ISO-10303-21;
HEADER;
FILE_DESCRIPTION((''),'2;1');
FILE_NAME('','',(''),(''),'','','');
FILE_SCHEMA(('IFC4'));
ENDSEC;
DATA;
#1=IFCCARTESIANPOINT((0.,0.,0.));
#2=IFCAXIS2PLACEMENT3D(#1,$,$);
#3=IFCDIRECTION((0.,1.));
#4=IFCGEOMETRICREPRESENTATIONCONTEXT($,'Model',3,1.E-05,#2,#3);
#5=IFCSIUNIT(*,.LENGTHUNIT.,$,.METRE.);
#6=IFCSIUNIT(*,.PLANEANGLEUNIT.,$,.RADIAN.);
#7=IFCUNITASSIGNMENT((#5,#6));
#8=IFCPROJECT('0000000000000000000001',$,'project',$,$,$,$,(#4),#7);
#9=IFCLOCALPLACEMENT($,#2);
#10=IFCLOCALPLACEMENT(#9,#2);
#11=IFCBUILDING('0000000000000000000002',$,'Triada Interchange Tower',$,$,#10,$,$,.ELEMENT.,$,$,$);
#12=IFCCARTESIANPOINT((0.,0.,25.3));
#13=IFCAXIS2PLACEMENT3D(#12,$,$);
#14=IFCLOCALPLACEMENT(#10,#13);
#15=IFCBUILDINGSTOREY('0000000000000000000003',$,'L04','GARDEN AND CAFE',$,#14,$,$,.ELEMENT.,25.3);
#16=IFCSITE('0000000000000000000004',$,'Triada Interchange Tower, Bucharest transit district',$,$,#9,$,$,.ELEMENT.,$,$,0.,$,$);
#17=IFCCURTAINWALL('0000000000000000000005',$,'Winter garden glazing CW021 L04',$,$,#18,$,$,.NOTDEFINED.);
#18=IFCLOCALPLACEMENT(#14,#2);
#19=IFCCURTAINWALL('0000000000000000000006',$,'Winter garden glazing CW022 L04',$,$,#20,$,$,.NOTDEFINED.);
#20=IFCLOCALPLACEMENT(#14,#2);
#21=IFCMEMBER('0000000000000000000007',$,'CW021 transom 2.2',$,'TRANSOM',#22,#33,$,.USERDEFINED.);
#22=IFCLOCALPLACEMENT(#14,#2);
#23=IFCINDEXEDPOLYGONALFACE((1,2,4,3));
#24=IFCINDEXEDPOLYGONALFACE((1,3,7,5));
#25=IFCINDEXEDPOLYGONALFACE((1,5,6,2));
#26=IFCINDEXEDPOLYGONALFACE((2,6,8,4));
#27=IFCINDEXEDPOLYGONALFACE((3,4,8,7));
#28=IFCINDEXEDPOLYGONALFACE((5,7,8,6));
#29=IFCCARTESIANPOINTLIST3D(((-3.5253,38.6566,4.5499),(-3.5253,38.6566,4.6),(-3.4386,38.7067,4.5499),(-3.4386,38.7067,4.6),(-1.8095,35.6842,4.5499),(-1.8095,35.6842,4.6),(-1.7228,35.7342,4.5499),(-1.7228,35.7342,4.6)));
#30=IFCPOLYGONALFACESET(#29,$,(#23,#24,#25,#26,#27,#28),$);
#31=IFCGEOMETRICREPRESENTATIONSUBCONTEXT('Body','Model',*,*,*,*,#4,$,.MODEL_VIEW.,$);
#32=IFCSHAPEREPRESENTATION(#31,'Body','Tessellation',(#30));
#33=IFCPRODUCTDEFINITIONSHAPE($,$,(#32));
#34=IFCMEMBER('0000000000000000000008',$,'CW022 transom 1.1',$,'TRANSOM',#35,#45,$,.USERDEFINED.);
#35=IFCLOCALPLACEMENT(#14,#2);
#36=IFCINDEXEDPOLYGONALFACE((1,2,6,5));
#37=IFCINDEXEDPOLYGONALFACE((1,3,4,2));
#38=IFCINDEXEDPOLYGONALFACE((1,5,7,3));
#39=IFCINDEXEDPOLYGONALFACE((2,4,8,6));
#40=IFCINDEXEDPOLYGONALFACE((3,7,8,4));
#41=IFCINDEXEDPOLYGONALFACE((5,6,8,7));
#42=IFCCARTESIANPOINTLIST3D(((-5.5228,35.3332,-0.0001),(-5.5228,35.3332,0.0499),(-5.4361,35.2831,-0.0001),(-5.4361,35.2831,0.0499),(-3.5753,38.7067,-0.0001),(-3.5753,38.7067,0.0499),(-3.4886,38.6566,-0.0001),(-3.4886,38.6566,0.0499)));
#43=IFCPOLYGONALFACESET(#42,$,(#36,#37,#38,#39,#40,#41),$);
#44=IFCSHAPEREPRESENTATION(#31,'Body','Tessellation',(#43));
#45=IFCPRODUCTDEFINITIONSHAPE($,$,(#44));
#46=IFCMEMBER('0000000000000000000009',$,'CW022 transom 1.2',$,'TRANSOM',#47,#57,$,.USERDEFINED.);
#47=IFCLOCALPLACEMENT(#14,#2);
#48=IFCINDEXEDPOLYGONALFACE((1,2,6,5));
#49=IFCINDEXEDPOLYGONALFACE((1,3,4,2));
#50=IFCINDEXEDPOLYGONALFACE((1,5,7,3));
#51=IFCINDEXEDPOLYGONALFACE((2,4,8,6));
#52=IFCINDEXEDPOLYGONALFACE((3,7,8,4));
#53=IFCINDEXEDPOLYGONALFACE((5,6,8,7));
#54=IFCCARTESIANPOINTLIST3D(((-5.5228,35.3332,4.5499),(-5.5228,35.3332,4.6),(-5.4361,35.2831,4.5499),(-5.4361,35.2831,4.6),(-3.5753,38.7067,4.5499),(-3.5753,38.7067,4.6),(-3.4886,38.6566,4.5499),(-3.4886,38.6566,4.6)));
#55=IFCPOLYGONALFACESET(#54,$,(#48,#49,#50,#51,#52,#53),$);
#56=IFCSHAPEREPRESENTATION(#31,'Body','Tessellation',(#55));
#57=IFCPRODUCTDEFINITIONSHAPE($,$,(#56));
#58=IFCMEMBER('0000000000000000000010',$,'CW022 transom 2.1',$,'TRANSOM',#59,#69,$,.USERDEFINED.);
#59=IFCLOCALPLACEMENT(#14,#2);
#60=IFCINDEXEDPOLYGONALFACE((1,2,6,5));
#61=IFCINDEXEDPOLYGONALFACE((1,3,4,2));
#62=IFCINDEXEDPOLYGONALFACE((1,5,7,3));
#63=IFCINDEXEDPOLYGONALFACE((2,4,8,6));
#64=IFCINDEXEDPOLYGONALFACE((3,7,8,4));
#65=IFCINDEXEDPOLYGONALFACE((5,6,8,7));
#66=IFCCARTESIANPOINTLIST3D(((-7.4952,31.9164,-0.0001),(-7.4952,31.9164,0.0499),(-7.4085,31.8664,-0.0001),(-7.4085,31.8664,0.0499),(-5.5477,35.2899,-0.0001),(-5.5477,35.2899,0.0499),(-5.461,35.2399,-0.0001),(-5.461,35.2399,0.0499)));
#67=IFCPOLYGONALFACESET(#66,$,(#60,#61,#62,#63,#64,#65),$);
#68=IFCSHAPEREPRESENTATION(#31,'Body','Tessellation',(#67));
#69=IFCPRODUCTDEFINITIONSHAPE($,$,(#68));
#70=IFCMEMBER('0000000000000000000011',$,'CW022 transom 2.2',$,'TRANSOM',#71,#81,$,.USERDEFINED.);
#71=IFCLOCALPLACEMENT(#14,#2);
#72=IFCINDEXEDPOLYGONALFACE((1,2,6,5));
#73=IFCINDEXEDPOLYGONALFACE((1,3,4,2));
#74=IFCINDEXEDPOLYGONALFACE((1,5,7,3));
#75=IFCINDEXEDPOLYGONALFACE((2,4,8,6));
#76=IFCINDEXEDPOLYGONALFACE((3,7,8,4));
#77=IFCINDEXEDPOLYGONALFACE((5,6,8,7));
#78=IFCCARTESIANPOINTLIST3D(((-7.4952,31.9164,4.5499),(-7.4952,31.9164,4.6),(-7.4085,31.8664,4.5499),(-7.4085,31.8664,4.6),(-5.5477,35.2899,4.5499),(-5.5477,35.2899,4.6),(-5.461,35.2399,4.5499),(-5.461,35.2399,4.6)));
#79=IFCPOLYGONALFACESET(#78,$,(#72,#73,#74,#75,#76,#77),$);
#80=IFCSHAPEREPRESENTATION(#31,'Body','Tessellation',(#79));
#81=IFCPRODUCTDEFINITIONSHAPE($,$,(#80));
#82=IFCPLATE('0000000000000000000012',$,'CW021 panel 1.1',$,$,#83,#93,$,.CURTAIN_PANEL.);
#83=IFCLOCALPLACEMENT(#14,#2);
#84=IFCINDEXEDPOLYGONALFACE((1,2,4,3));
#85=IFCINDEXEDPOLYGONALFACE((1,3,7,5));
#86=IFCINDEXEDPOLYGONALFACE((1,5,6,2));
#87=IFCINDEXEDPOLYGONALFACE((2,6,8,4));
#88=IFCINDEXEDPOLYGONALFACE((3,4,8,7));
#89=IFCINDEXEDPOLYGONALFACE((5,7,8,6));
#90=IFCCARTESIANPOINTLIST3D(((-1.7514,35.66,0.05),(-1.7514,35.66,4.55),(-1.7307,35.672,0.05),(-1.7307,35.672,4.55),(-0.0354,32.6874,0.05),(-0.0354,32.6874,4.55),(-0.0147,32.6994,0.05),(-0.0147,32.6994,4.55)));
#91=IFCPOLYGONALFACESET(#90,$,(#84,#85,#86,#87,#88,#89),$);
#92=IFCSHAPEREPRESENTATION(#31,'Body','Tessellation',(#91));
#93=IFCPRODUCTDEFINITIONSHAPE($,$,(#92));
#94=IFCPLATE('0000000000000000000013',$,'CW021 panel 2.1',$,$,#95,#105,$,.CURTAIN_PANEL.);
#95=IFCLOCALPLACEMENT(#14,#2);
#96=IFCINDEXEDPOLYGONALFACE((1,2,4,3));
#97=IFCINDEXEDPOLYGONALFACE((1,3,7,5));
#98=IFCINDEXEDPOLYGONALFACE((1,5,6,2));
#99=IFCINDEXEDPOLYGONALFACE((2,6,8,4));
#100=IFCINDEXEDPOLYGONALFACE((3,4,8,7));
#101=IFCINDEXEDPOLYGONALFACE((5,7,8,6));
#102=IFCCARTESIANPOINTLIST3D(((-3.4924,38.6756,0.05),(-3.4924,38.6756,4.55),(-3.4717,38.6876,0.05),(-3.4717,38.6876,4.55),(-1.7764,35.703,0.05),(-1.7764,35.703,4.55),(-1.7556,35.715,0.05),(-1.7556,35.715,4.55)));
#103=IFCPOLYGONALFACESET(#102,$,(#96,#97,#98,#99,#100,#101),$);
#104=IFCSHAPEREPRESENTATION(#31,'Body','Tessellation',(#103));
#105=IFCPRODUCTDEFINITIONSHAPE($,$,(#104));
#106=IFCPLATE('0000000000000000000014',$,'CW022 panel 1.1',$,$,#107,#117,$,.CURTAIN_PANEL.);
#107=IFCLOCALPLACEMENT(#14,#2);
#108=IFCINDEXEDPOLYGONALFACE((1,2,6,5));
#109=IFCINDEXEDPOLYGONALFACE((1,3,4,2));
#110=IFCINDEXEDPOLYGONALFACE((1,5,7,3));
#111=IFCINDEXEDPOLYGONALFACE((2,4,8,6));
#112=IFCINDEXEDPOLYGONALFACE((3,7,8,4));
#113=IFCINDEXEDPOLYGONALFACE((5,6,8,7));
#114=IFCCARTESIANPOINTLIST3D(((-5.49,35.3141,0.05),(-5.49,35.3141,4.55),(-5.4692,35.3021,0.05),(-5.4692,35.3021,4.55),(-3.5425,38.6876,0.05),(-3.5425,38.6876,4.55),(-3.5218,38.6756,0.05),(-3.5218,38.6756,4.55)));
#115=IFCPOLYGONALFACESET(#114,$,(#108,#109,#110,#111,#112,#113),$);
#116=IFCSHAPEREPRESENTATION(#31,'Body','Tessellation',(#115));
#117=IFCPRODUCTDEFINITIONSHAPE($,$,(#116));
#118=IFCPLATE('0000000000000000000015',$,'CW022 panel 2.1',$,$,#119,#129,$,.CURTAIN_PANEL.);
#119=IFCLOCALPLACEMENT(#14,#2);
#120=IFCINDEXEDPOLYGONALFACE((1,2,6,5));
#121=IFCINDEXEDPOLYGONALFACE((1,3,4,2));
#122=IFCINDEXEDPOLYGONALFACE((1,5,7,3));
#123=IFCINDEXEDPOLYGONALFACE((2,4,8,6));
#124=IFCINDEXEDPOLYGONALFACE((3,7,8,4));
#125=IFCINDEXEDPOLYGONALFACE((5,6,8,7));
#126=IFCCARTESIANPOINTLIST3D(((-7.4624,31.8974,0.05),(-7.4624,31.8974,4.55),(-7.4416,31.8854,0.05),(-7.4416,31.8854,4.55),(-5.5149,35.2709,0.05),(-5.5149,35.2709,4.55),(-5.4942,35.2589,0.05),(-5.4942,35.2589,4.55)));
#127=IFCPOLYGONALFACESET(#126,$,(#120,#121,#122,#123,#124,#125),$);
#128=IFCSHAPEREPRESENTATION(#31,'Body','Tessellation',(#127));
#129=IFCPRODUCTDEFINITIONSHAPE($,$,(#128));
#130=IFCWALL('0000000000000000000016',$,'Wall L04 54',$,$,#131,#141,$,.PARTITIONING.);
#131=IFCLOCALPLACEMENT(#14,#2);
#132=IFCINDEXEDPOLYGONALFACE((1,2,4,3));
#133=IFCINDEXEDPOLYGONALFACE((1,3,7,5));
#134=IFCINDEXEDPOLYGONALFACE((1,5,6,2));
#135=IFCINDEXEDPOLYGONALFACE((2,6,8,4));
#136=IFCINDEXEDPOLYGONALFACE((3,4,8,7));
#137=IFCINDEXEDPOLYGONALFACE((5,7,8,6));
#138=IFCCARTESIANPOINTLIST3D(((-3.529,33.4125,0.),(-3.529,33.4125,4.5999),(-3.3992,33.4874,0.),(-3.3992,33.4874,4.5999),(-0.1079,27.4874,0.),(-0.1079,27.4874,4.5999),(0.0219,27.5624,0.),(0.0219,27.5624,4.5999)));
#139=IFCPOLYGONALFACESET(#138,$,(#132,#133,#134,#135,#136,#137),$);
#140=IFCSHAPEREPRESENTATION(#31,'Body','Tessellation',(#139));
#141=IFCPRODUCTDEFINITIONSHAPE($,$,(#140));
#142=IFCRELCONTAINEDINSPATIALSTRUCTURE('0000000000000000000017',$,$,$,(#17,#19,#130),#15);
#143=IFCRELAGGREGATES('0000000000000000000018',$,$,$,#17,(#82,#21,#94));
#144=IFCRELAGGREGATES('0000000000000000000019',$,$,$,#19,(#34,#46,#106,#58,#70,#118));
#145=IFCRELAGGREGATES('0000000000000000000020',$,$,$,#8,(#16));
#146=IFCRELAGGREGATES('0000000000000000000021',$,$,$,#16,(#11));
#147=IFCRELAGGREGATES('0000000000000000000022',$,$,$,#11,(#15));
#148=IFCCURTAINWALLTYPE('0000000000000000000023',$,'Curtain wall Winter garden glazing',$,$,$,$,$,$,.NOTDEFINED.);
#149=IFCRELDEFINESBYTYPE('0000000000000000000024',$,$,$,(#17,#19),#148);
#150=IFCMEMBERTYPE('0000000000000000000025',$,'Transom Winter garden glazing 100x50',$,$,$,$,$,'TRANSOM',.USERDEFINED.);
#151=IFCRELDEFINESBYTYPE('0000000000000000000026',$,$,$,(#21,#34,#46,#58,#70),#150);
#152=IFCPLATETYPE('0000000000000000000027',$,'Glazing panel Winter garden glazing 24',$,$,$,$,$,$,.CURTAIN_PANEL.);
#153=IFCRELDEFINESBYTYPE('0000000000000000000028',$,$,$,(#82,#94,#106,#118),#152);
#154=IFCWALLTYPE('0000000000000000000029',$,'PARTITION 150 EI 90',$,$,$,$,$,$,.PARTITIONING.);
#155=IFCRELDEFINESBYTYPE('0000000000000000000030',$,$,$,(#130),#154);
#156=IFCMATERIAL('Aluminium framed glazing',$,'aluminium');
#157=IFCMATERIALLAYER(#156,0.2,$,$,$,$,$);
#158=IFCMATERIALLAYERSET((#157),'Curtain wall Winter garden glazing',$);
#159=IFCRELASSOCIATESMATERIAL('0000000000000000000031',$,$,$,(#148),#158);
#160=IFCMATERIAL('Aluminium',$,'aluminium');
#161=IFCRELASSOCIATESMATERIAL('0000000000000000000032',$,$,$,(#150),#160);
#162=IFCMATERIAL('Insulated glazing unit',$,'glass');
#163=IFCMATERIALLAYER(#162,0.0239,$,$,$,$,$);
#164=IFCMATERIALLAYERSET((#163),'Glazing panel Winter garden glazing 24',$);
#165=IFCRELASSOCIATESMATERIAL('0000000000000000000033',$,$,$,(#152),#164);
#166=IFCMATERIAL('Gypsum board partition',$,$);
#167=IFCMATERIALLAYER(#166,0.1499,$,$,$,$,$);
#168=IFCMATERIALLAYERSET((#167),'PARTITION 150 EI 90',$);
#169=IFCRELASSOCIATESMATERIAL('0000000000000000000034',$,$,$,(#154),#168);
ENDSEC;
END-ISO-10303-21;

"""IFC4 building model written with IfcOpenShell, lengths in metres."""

from ifc_helpers import new_model, si_unit, direction, frame, frame_2d, origin, origin_2d, place, context, subcontext, project, spatial, rectangle, extrude, material, layer, layer_set, material_profile, profile_set, type_object, element, aggregate, save


model = new_model("IFC4")

# Units and contexts
model_context = context("Model", 3, precision=1e-05, world=origin(), true_north=direction((0.0, 1.0)))
body_context = subcontext(model_context, "Body", "Model", "MODEL_VIEW")
ifc_project = project(units=[si_unit("LENGTHUNIT", "METRE"), si_unit("PLANEANGLEUNIT", "RADIAN")], contexts=[model_context])

# Site, building, storey
site_placement = place(None, origin())
site = spatial("IfcSite", under=ifc_project, at=site_placement, Name="Triada Interchange Tower, Bucharest transit district", CompositionType="ELEMENT", RefElevation=0.0)
building_placement = place(site_placement, origin())
building = spatial("IfcBuilding", under=site, at=building_placement, Name="Triada Interchange Tower", CompositionType="ELEMENT")
storey_placement = place(building_placement, frame((0.0, 0.0, 25.3)))
storey = spatial("IfcBuildingStorey", under=building, at=storey_placement, Name="L04", Description="GARDEN AND CAFE", CompositionType="ELEMENT", Elevation=25.3)

# Curtain walls
ifc_material_1 = material(Name="Aluminium framed glazing", Category="aluminium")
ifc_layer_1 = layer(ifc_material_1, 0.2)
ifc_layer_set_1 = layer_set([ifc_layer_1], Name="Curtain wall Winter garden glazing")
curtain_wall_type = type_object("IfcCurtainWallType", Name="Curtain wall Winter garden glazing", PredefinedType="NOTDEFINED", material=ifc_layer_set_1)
curtain_wall_1_placement = place(storey_placement, origin())
curtain_wall_1 = element("IfcCurtainWall", 1, at=curtain_wall_1_placement, inside=storey, type_object=curtain_wall_type, Name="Winter garden glazing CW021 L04", PredefinedType="NOTDEFINED")
ifc_material_2 = material(Name="Aluminium", Category="aluminium")
curtain_wall_2_placement = place(storey_placement, origin())
curtain_wall_2 = element("IfcCurtainWall", 2, at=curtain_wall_2_placement, inside=storey, type_object=curtain_wall_type, Name="Winter garden glazing CW022 L04", PredefinedType="NOTDEFINED")

# Members
ifc_material_profile_1 = material_profile(ifc_material_2, rectangle(XDim=0.1001, YDim=0.05, at=origin_2d()), Name="Aluminium transom")
ifc_profile_set_1 = profile_set([ifc_material_profile_1], Name="Aluminium")
member_type_1 = type_object("IfcMemberType", Name="Transom Winter garden glazing 100x50", ElementType="TRANSOM", PredefinedType="USERDEFINED", material=ifc_profile_set_1)
member_1_placement = place(storey_placement, frame((-1.7661, 35.7092, 4.575), z_axis=(-0.499934, 0.866064, 0.0), x_axis=(-0.866064, -0.499934, 0.0)))
member_1 = element("IfcMember", 3, at=member_1_placement, type_object=member_type_1, Name="CW021 transom 2.2", ObjectType="TRANSOM", PredefinedType="USERDEFINED", context=body_context, shape_type="SweptSolid", body=[
    extrude(rectangle(XDim=0.1001, YDim=0.05, at=origin_2d()), origin(), (0.0, 0.0, 1.0), 3.4321),
])
member_2_placement = place(storey_placement, frame((-3.532, 38.6816, 0.0249), z_axis=(-0.499961, -0.866048, 0.0), x_axis=(0.866048, -0.499961, 0.0)))
member_2 = element("IfcMember", 4, at=member_2_placement, type_object=member_type_1, Name="CW022 transom 1.1", ObjectType="TRANSOM", PredefinedType="USERDEFINED", context=body_context, shape_type="SweptSolid", body=[
    extrude(rectangle(XDim=0.1001, YDim=0.05, at=origin_2d()), origin(), (0.0, 0.0, 1.0), 3.8953),
])
member_3_placement = place(storey_placement, frame((-3.532, 38.6816, 4.575), z_axis=(-0.499961, -0.866048, 0.0), x_axis=(0.866048, -0.499961, 0.0)))
member_3 = element("IfcMember", 5, at=member_3_placement, type_object=member_type_1, Name="CW022 transom 1.2", ObjectType="TRANSOM", PredefinedType="USERDEFINED", context=body_context, shape_type="SweptSolid", body=[
    extrude(rectangle(XDim=0.1001, YDim=0.05, at=origin_2d()), origin(), (0.0, 0.0, 1.0), 3.8953),
])
member_4_placement = place(storey_placement, frame((-5.5044, 35.2649, 0.0249), z_axis=(-0.499961, -0.866048, 0.0), x_axis=(0.866048, -0.499961, 0.0)))
member_4 = element("IfcMember", 6, at=member_4_placement, type_object=member_type_1, Name="CW022 transom 2.1", ObjectType="TRANSOM", PredefinedType="USERDEFINED", context=body_context, shape_type="SweptSolid", body=[
    extrude(rectangle(XDim=0.1001, YDim=0.05, at=origin_2d()), origin(), (0.0, 0.0, 1.0), 3.8953),
])
member_5_placement = place(storey_placement, frame((-5.5044, 35.2649, 4.575), z_axis=(-0.499961, -0.866048, 0.0), x_axis=(0.866048, -0.499961, 0.0)))
member_5 = element("IfcMember", 7, at=member_5_placement, type_object=member_type_1, Name="CW022 transom 2.2", ObjectType="TRANSOM", PredefinedType="USERDEFINED", context=body_context, shape_type="SweptSolid", body=[
    extrude(rectangle(XDim=0.1001, YDim=0.05, at=origin_2d()), origin(), (0.0, 0.0, 1.0), 3.8953),
])

# Plates
ifc_material_3 = material(Name="Insulated glazing unit", Category="glass")
ifc_layer_2 = layer(ifc_material_3, 0.0239)
ifc_layer_set_2 = layer_set([ifc_layer_2], Name="Glazing panel Winter garden glazing 24")
plate_type = type_object("IfcPlateType", Name="Glazing panel Winter garden glazing 24", PredefinedType="CURTAIN_PANEL", material=ifc_layer_set_2)
plate_1_placement = place(storey_placement, frame((-0.8831, 34.1797, 0.05), z_axis=(0.0, 0.0, 1.0), x_axis=(-0.499957, 0.86605, 0.0)))
plate_1 = element("IfcPlate", 8, at=plate_1_placement, type_object=plate_type, Name="CW021 panel 1.1", PredefinedType="CURTAIN_PANEL", context=body_context, shape_type="SweptSolid", body=[
    extrude(rectangle(XDim=3.4324, YDim=0.0239, at=origin_2d()), origin(), (0.0, 0.0, 1.0), 4.5),
])
plate_2_placement = place(storey_placement, frame((-2.624, 37.1953, 0.05), z_axis=(0.0, 0.0, 1.0), x_axis=(-0.499957, 0.86605, 0.0)))
plate_2 = element("IfcPlate", 9, at=plate_2_placement, type_object=plate_type, Name="CW021 panel 2.1", PredefinedType="CURTAIN_PANEL", context=body_context, shape_type="SweptSolid", body=[
    extrude(rectangle(XDim=3.4324, YDim=0.0239, at=origin_2d()), origin(), (0.0, 0.0, 1.0), 4.5),
])
aggregate(curtain_wall_1, [plate_1, member_1, plate_2])
plate_3_placement = place(storey_placement, frame((-4.5059, 36.9949, 0.05), z_axis=(0.0, 0.0, 1.0), x_axis=(-0.499959, -0.866049, 0.0)))
plate_3 = element("IfcPlate", 10, at=plate_3_placement, type_object=plate_type, Name="CW022 panel 1.1", PredefinedType="CURTAIN_PANEL", context=body_context, shape_type="SweptSolid", body=[
    extrude(rectangle(XDim=3.8953, YDim=0.0239, at=origin_2d()), origin(), (0.0, 0.0, 1.0), 4.5),
])
plate_4_placement = place(storey_placement, frame((-6.4783, 33.5781, 0.05), z_axis=(0.0, 0.0, 1.0), x_axis=(-0.499959, -0.866049, 0.0)))
plate_4 = element("IfcPlate", 11, at=plate_4_placement, type_object=plate_type, Name="CW022 panel 2.1", PredefinedType="CURTAIN_PANEL", context=body_context, shape_type="SweptSolid", body=[
    extrude(rectangle(XDim=3.8953, YDim=0.0239, at=origin_2d()), origin(), (0.0, 0.0, 1.0), 4.5),
])
aggregate(curtain_wall_2, [member_2, member_3, plate_3, member_4, member_5, plate_4])

# Wall
ifc_material_4 = material(Name="Gypsum board partition")
ifc_layer_3 = layer(ifc_material_4, 0.1499)
ifc_layer_set_3 = layer_set([ifc_layer_3], Name="PARTITION 150 EI 90")
wall_type = type_object("IfcWallType", Name="PARTITION 150 EI 90", PredefinedType="PARTITIONING", material=ifc_layer_set_3)
wall_placement = place(storey_placement, frame((-3.4641, 33.45, 0.0), z_axis=(0.0, 0.0, 1.0), x_axis=(0.500034, -0.866006, 0.0)))
element("IfcWall", 12, at=wall_placement, inside=storey, type_object=wall_type, Name="Wall L04 54", PredefinedType="PARTITIONING", context=body_context, shape_type="SweptSolid", body=[
    extrude(rectangle(XDim=6.8418, YDim=0.1499, at=frame_2d((3.4209, 0.0))), origin(), (0.0, 0.0, 1.0), 4.5999),
])

save(model, "model.ifc")
